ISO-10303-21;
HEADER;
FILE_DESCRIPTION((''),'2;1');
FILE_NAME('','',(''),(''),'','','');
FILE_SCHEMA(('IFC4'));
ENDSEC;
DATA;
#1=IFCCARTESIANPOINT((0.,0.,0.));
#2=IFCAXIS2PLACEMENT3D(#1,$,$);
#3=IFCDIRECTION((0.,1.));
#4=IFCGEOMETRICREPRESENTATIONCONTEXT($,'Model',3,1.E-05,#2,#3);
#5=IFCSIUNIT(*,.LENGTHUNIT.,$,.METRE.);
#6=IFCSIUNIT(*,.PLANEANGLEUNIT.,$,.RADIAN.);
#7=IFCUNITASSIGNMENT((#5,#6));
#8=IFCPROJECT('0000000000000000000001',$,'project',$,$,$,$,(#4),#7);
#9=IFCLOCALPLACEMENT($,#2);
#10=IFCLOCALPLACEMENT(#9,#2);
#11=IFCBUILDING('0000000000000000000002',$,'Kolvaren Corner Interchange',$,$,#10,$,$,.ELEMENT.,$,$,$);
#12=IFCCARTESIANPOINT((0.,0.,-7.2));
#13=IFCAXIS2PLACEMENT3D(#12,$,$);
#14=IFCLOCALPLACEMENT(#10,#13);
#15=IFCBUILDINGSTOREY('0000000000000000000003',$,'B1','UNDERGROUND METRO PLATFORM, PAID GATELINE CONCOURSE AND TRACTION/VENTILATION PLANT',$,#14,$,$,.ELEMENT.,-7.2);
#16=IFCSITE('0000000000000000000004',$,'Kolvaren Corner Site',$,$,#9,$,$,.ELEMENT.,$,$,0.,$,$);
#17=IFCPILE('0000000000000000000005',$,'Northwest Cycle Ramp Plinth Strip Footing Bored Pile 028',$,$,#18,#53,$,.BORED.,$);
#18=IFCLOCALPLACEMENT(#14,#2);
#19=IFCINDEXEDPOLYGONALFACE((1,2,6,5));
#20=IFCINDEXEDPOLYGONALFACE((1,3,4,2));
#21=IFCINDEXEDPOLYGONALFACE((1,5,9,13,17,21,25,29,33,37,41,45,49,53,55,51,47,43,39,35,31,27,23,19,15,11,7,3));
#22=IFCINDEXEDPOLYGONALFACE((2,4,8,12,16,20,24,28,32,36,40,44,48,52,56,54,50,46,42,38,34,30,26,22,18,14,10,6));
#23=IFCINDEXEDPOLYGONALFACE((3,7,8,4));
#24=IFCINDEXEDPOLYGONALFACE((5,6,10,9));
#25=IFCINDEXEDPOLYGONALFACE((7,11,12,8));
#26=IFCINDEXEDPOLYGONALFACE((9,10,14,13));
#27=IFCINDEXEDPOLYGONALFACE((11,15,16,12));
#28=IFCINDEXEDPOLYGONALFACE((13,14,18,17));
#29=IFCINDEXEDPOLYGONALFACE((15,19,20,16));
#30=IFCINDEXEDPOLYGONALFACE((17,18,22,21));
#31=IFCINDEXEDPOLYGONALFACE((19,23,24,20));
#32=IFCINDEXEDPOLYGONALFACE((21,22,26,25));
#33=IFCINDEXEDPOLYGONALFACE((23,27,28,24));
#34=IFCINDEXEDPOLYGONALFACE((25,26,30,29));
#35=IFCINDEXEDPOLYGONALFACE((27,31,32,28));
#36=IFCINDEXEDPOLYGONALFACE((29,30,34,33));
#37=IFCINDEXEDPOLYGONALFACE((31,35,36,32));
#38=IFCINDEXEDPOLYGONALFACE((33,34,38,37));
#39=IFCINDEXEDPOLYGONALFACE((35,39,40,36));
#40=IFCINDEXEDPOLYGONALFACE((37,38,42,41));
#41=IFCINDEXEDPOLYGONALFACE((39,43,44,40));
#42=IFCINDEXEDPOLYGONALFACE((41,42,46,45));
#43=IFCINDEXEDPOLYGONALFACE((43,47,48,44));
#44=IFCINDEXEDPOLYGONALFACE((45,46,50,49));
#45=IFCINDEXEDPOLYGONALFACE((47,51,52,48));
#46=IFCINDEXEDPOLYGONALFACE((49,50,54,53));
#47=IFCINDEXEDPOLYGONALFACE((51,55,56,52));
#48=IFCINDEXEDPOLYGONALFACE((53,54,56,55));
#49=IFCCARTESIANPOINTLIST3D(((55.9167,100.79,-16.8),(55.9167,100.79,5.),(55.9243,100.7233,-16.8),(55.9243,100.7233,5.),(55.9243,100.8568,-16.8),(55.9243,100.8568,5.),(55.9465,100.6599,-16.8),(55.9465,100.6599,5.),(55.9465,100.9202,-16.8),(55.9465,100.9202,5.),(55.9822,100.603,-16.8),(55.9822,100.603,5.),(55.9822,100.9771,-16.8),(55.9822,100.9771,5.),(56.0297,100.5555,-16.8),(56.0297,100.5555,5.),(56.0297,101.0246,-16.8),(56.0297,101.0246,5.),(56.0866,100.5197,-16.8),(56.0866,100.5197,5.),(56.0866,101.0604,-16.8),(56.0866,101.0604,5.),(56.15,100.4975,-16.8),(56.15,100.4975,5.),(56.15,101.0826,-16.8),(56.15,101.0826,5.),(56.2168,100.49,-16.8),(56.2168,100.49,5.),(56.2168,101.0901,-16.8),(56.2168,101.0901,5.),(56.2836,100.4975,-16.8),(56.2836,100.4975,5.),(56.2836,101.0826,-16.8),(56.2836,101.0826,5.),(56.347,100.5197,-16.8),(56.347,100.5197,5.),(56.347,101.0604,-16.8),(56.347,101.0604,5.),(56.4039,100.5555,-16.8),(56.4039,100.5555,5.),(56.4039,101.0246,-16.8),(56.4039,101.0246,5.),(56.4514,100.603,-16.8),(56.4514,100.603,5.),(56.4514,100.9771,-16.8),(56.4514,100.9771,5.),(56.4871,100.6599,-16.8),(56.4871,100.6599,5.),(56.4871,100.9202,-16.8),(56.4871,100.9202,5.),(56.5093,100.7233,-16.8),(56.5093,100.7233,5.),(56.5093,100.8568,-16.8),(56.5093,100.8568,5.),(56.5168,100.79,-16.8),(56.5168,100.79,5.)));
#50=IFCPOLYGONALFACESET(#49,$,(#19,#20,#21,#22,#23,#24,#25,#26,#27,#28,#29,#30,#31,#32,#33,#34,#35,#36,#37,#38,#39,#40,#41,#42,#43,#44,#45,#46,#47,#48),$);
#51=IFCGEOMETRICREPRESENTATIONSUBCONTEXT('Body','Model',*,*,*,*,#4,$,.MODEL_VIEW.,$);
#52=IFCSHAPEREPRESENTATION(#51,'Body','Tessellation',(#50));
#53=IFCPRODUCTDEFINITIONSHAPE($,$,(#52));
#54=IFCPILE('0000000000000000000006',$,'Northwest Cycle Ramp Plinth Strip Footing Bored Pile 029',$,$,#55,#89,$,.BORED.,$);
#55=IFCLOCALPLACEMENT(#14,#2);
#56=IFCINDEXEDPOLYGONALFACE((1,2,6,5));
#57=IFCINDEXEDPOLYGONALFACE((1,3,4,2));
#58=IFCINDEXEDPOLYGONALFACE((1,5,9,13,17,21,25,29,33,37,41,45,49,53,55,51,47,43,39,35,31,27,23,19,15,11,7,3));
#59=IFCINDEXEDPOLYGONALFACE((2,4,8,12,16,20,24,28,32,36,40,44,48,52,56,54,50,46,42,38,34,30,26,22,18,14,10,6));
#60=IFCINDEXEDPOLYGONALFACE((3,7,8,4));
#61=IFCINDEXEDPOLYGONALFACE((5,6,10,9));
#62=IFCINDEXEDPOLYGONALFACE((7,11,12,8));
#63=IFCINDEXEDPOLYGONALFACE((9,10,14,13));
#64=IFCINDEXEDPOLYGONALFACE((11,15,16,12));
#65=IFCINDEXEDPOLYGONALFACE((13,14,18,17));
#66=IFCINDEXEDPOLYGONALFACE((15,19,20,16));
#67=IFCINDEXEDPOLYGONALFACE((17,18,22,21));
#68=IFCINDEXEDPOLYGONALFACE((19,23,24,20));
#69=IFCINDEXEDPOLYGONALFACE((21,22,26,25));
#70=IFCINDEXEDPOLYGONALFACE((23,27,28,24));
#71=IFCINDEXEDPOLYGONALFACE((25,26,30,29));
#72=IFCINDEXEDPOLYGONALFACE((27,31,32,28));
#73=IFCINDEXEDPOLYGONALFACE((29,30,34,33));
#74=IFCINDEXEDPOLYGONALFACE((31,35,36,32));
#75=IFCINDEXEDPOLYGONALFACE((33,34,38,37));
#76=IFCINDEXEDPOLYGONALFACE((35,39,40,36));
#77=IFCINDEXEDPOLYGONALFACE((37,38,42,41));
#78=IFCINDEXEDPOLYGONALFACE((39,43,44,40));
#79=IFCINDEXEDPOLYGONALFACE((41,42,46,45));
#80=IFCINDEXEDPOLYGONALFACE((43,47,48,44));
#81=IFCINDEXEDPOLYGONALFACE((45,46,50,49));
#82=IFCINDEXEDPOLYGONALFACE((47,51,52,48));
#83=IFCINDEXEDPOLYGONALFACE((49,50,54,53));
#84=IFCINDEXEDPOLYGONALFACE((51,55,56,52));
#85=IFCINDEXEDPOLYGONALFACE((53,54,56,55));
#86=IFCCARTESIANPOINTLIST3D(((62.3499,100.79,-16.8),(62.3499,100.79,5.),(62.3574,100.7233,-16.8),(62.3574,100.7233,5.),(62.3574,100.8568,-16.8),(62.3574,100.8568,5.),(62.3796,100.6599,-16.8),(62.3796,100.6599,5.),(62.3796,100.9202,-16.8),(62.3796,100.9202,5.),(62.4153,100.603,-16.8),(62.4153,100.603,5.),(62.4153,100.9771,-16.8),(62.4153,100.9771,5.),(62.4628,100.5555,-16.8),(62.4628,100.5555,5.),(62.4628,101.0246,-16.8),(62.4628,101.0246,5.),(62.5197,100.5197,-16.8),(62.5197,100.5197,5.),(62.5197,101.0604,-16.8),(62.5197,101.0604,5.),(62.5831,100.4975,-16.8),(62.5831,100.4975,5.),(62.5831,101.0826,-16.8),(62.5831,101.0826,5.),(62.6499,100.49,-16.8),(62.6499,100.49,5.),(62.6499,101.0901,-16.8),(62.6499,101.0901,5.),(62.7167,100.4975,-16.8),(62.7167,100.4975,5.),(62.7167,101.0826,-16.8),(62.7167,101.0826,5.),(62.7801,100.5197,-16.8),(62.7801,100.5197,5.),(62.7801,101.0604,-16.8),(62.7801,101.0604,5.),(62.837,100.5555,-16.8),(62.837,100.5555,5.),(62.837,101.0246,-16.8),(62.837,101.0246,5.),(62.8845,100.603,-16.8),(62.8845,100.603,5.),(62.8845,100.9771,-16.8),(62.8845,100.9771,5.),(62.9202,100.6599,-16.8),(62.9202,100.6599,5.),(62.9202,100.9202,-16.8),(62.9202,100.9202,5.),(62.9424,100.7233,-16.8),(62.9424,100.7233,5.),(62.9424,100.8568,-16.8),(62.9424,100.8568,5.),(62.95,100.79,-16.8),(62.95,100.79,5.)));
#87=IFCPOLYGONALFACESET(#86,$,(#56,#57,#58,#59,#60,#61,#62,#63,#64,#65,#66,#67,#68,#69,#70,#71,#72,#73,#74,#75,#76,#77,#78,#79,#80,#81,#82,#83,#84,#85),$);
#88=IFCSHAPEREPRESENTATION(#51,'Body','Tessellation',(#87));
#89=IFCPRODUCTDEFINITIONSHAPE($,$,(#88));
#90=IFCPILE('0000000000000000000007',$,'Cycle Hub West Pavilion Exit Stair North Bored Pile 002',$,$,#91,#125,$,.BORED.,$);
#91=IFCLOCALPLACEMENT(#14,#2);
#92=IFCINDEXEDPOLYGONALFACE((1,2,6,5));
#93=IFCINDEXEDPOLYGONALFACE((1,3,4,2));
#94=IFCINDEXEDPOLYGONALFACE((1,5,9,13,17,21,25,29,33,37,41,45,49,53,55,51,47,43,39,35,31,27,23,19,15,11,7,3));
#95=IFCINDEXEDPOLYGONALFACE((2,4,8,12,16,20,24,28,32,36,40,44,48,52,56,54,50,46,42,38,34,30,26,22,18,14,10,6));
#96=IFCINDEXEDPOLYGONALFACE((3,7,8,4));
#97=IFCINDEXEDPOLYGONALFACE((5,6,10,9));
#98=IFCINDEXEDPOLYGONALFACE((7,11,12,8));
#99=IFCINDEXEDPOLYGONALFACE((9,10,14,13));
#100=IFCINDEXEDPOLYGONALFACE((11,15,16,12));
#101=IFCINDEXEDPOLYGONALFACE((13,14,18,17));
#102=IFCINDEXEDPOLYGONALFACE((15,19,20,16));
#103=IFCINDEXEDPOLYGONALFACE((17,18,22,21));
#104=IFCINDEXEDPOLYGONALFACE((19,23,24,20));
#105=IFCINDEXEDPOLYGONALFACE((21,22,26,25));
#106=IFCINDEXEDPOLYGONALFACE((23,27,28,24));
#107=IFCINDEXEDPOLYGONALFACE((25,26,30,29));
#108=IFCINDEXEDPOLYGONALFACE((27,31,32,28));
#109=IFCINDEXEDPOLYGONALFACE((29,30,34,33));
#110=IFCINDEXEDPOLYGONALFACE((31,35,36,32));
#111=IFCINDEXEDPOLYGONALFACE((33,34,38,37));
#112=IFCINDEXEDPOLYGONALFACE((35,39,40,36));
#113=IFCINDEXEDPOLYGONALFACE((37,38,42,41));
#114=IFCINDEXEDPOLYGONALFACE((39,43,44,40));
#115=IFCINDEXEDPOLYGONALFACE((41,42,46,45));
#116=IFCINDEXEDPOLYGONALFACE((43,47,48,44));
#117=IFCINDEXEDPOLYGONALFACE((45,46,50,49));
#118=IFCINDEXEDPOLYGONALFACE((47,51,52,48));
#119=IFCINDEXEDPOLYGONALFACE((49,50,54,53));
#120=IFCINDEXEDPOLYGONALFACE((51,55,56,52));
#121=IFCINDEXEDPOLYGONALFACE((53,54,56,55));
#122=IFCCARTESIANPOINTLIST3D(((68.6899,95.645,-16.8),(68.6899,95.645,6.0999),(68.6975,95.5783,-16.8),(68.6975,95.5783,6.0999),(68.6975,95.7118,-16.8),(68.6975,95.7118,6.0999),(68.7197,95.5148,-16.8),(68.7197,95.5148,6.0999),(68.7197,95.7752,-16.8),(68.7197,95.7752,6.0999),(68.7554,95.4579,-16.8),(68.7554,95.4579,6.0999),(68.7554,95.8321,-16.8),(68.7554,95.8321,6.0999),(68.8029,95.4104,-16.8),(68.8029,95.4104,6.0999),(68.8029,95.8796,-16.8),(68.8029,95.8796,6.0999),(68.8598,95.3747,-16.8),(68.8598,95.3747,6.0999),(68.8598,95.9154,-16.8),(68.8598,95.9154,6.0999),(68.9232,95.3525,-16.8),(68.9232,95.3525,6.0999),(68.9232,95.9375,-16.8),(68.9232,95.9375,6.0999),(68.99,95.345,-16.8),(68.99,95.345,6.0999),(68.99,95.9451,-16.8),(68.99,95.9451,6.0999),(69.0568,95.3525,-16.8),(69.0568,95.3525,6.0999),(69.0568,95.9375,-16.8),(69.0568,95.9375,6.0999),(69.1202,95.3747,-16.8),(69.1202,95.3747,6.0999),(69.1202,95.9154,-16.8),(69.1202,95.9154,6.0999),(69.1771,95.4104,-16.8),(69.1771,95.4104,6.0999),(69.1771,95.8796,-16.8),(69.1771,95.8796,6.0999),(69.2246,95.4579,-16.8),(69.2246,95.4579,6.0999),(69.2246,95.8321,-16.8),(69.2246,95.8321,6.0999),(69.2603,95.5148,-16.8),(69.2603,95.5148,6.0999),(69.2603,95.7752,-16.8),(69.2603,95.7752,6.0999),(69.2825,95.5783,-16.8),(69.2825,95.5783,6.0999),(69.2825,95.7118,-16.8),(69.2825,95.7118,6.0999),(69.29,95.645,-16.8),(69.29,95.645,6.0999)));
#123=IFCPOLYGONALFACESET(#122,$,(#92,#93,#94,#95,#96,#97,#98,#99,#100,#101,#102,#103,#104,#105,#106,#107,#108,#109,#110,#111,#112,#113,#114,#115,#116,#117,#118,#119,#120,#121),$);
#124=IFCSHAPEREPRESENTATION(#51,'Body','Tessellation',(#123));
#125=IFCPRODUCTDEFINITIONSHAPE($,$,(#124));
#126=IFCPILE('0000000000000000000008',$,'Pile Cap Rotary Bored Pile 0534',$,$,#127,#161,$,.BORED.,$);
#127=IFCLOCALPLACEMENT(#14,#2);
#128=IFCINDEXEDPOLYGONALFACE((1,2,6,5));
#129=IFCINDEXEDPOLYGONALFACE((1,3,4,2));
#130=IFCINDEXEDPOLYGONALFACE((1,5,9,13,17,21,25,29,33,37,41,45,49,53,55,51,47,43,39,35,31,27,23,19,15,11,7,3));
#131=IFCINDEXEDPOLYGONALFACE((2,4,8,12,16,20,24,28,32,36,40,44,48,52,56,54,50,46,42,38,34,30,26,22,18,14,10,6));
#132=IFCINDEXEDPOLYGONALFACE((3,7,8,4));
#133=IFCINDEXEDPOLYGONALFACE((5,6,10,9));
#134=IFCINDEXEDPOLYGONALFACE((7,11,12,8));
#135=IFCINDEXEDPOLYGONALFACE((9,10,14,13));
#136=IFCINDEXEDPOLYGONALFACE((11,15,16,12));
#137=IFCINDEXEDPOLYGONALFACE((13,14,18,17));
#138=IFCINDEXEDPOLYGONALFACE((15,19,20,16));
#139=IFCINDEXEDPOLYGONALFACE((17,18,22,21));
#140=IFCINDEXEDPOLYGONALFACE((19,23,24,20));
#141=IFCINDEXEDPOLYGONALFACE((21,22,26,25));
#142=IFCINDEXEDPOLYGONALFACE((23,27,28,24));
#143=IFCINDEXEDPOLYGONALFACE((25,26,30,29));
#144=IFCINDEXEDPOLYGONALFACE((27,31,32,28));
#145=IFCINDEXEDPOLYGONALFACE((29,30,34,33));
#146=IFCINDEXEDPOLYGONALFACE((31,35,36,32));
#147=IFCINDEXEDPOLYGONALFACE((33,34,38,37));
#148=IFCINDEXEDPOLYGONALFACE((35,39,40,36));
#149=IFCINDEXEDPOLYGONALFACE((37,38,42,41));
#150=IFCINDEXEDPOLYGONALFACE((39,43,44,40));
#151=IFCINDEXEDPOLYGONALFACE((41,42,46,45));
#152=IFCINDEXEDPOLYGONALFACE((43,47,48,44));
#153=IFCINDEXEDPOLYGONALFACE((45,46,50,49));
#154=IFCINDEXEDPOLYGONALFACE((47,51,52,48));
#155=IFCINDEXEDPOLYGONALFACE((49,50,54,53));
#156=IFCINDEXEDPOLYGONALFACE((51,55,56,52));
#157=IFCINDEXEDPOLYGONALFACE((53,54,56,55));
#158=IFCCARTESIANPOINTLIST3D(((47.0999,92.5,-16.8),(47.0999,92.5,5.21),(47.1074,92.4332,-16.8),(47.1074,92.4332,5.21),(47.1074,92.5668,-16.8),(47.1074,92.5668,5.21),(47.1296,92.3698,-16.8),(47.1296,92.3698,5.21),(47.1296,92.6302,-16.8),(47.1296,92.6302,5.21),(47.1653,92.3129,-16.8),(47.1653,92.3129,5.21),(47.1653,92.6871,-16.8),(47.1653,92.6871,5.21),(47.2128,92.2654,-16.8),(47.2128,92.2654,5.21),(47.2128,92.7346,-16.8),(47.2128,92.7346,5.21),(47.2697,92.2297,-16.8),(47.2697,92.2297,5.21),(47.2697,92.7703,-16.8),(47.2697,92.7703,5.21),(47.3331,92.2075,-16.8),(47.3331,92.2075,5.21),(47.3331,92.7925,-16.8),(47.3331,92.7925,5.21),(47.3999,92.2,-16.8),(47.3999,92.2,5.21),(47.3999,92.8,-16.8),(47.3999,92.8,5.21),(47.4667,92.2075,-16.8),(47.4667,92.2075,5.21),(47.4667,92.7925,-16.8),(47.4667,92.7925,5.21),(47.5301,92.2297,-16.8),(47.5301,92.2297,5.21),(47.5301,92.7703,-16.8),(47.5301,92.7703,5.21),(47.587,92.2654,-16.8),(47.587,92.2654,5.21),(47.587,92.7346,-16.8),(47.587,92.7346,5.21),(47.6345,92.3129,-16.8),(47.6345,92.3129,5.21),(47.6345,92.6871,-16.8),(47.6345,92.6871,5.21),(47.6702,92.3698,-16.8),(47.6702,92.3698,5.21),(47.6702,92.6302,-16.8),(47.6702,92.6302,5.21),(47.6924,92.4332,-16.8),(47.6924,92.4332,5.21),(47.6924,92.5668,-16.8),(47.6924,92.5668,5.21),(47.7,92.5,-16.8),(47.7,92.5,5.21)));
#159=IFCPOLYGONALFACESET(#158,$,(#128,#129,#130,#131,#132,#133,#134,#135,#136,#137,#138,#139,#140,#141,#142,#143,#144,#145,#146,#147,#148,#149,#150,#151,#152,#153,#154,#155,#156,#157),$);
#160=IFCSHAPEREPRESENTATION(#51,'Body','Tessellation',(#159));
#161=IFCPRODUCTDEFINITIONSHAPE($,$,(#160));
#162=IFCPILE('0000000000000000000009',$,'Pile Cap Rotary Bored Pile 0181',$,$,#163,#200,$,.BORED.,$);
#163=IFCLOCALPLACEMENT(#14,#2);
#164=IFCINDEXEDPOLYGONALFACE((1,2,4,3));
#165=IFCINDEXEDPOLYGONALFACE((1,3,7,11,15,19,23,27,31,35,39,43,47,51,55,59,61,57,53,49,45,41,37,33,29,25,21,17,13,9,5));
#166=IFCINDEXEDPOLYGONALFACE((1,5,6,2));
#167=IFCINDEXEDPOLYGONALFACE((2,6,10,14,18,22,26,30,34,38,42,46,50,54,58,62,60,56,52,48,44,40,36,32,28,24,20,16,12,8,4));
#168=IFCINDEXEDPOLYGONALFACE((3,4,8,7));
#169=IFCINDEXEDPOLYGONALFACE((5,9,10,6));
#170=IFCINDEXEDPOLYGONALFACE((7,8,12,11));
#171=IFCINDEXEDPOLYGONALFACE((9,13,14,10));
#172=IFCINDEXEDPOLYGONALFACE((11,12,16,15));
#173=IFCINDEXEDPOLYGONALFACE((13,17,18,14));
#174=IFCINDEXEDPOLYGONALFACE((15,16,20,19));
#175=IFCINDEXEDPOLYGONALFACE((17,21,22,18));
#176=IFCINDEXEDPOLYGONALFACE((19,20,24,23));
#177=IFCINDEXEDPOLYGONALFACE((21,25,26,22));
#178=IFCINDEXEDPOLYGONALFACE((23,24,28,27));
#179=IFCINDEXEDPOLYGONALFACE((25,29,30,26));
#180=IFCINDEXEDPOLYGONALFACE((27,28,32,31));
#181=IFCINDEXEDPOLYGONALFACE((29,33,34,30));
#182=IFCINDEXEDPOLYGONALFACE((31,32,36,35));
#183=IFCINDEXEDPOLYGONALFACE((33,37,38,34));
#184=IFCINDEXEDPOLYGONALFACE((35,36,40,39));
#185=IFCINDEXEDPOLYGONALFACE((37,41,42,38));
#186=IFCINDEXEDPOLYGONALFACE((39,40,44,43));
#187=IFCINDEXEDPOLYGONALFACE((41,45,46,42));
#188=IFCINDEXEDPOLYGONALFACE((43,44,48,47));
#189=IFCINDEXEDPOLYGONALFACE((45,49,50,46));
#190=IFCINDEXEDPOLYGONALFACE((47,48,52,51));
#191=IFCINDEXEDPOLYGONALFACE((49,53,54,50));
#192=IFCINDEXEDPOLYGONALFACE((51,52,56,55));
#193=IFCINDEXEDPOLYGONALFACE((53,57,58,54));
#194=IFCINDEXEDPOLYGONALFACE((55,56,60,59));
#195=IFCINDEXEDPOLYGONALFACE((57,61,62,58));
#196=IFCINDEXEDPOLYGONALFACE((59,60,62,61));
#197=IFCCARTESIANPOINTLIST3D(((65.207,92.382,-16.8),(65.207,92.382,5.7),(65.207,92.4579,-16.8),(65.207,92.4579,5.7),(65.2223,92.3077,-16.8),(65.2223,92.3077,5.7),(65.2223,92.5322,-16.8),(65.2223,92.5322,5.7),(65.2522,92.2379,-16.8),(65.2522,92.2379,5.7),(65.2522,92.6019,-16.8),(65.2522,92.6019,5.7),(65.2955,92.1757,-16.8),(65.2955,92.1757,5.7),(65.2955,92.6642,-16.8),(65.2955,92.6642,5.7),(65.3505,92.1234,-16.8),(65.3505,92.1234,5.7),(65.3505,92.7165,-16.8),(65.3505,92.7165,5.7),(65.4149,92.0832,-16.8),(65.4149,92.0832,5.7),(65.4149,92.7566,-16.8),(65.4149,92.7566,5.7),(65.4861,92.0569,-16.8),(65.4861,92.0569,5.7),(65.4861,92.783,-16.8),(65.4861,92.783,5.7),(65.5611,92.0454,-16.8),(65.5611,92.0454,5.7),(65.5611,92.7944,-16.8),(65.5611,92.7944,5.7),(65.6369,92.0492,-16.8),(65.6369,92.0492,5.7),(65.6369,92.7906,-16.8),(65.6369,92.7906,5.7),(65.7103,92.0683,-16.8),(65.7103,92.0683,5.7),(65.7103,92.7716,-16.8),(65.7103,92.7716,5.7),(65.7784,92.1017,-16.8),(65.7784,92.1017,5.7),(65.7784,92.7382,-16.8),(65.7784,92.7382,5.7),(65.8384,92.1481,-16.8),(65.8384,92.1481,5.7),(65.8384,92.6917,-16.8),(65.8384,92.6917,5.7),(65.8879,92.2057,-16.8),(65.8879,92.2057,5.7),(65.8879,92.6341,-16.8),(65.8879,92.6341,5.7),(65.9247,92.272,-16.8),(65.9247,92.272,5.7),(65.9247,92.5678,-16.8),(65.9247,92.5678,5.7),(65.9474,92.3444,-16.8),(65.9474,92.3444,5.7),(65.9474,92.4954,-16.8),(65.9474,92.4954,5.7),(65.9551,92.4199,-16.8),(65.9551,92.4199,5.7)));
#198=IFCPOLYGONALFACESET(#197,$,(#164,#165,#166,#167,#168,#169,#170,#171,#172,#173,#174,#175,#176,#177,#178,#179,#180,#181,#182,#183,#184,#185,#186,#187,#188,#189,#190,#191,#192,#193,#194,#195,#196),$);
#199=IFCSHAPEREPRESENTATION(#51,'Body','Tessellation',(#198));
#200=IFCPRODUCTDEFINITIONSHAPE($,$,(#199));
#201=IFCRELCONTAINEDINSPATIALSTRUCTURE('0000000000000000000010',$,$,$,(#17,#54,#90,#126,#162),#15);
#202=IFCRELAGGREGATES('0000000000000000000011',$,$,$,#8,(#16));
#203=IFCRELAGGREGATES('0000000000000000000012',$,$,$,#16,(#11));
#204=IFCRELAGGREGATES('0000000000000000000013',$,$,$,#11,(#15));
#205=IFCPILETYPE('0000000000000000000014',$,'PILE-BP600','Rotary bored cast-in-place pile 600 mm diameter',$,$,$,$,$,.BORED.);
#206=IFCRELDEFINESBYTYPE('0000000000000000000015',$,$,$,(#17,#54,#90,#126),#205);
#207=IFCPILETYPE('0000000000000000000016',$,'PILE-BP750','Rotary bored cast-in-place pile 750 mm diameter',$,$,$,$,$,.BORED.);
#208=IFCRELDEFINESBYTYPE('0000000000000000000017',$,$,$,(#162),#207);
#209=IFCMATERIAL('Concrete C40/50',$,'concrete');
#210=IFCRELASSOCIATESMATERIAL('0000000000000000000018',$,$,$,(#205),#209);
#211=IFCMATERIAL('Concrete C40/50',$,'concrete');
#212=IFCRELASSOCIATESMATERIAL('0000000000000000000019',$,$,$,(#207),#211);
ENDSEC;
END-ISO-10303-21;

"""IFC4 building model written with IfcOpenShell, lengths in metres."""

from ifc_helpers import new_model, si_unit, direction, frame, origin, origin_2d, place, context, subcontext, project, spatial, circle, extrude, material, material_profile, profile_set, type_object, element, save


model = new_model("IFC4")

# Units and contexts
model_context = context("Model", 3, precision=1e-05, world=origin(), true_north=direction((0.0, 1.0)))
body_context = subcontext(model_context, "Body", "Model", "MODEL_VIEW")
ifc_project = project(units=[si_unit("LENGTHUNIT", "METRE"), si_unit("PLANEANGLEUNIT", "RADIAN")], contexts=[model_context])

# Site, building, storey
site_placement = place(None, origin())
site = spatial("IfcSite", under=ifc_project, at=site_placement, Name="Kolvaren Corner Site", CompositionType="ELEMENT", RefElevation=0.0)
building_placement = place(site_placement, origin())
building = spatial("IfcBuilding", under=site, at=building_placement, Name="Kolvaren Corner Interchange", CompositionType="ELEMENT")
storey_placement = place(building_placement, frame((0.0, 0.0, -7.2)))
storey = spatial("IfcBuildingStorey", under=building, at=storey_placement, Name="B1", Description="UNDERGROUND METRO PLATFORM, PAID GATELINE CONCOURSE AND TRACTION/VENTILATION PLANT", CompositionType="ELEMENT", Elevation=-7.2)

# Piles
ifc_material_1 = material(Name="Concrete C40/50", Category="concrete")
ifc_material_profile_1 = material_profile(ifc_material_1, circle(Radius=0.3, at=origin_2d()), Name="BORED PILE 600")
ifc_profile_set_1 = profile_set([ifc_material_profile_1], Name="Concrete C40/50")
pile_type_1 = type_object("IfcPileType", Name="PILE-BP600", Description="Rotary bored cast-in-place pile 600 mm diameter", PredefinedType="BORED", material=ifc_profile_set_1)
for number, where, z_axis, x_axis, name in (
    (1, (56.2168, 100.79, 5.0), (0.0, 0.0, -1.0), (1.0, 0.0, 0.0), "Northwest Cycle Ramp Plinth Strip Footing Bored Pile 028"),
    (2, (62.6499, 100.79, 5.0), (0.0, 0.0, -1.0), (1.0, 0.0, 0.0), "Northwest Cycle Ramp Plinth Strip Footing Bored Pile 029"),
):
    element("IfcPile", number, at=place(storey_placement, frame(where, z_axis=z_axis, x_axis=x_axis)), inside=storey, type_object=pile_type_1, Name=name, PredefinedType="BORED", context=body_context, shape_type="SweptSolid", body=[
        extrude(circle(Radius=0.3, at=origin_2d()), origin(), (0.0, 0.0, 1.0), 21.8),
    ])
pile_1_placement = place(storey_placement, frame((68.99, 95.645, 6.0999), z_axis=(0.0, 0.0, -1.0), x_axis=(1.0, 0.0, 0.0)))
element("IfcPile", 3, at=pile_1_placement, inside=storey, type_object=pile_type_1, Name="Cycle Hub West Pavilion Exit Stair North Bored Pile 002", PredefinedType="BORED", context=body_context, shape_type="SweptSolid", body=[
    extrude(circle(Radius=0.3, at=origin_2d()), origin(), (0.0, 0.0, 1.0), 22.8999),
])
pile_2_placement = place(storey_placement, frame((47.3999, 92.5, 5.21), z_axis=(0.0, 0.0, -1.0), x_axis=(1.0, 0.0, 0.0)))
element("IfcPile", 4, at=pile_2_placement, inside=storey, type_object=pile_type_1, Name="Pile Cap Rotary Bored Pile 0534", PredefinedType="BORED", context=body_context, shape_type="SweptSolid", body=[
    extrude(circle(Radius=0.3, at=origin_2d()), origin(), (0.0, 0.0, 1.0), 22.01),
])
ifc_material_2 = material(Name="Concrete C40/50", Category="concrete")
ifc_material_profile_2 = material_profile(ifc_material_2, circle(Radius=0.375, at=origin_2d()), Name="BORED PILE 750")
ifc_profile_set_2 = profile_set([ifc_material_profile_2], Name="Concrete C40/50")
pile_type_2 = type_object("IfcPileType", Name="PILE-BP750", Description="Rotary bored cast-in-place pile 750 mm diameter", PredefinedType="BORED", material=ifc_profile_set_2)
for number, where, z_axis, x_axis, name in (
    (5, (65.5801, 92.4199, 5.7), (0.0, 0.0, -1.0), (1.0, 0.0, 0.0), "Pile Cap Rotary Bored Pile 0181"),
):
    element("IfcPile", number, at=place(storey_placement, frame(where, z_axis=z_axis, x_axis=x_axis)), inside=storey, type_object=pile_type_2, Name=name, PredefinedType="BORED", context=body_context, shape_type="SweptSolid", body=[
        extrude(circle(Radius=0.375, at=origin_2d()), origin(), (0.0, 0.0, 1.0), 22.5),
    ])

save(model, "model.ifc")
